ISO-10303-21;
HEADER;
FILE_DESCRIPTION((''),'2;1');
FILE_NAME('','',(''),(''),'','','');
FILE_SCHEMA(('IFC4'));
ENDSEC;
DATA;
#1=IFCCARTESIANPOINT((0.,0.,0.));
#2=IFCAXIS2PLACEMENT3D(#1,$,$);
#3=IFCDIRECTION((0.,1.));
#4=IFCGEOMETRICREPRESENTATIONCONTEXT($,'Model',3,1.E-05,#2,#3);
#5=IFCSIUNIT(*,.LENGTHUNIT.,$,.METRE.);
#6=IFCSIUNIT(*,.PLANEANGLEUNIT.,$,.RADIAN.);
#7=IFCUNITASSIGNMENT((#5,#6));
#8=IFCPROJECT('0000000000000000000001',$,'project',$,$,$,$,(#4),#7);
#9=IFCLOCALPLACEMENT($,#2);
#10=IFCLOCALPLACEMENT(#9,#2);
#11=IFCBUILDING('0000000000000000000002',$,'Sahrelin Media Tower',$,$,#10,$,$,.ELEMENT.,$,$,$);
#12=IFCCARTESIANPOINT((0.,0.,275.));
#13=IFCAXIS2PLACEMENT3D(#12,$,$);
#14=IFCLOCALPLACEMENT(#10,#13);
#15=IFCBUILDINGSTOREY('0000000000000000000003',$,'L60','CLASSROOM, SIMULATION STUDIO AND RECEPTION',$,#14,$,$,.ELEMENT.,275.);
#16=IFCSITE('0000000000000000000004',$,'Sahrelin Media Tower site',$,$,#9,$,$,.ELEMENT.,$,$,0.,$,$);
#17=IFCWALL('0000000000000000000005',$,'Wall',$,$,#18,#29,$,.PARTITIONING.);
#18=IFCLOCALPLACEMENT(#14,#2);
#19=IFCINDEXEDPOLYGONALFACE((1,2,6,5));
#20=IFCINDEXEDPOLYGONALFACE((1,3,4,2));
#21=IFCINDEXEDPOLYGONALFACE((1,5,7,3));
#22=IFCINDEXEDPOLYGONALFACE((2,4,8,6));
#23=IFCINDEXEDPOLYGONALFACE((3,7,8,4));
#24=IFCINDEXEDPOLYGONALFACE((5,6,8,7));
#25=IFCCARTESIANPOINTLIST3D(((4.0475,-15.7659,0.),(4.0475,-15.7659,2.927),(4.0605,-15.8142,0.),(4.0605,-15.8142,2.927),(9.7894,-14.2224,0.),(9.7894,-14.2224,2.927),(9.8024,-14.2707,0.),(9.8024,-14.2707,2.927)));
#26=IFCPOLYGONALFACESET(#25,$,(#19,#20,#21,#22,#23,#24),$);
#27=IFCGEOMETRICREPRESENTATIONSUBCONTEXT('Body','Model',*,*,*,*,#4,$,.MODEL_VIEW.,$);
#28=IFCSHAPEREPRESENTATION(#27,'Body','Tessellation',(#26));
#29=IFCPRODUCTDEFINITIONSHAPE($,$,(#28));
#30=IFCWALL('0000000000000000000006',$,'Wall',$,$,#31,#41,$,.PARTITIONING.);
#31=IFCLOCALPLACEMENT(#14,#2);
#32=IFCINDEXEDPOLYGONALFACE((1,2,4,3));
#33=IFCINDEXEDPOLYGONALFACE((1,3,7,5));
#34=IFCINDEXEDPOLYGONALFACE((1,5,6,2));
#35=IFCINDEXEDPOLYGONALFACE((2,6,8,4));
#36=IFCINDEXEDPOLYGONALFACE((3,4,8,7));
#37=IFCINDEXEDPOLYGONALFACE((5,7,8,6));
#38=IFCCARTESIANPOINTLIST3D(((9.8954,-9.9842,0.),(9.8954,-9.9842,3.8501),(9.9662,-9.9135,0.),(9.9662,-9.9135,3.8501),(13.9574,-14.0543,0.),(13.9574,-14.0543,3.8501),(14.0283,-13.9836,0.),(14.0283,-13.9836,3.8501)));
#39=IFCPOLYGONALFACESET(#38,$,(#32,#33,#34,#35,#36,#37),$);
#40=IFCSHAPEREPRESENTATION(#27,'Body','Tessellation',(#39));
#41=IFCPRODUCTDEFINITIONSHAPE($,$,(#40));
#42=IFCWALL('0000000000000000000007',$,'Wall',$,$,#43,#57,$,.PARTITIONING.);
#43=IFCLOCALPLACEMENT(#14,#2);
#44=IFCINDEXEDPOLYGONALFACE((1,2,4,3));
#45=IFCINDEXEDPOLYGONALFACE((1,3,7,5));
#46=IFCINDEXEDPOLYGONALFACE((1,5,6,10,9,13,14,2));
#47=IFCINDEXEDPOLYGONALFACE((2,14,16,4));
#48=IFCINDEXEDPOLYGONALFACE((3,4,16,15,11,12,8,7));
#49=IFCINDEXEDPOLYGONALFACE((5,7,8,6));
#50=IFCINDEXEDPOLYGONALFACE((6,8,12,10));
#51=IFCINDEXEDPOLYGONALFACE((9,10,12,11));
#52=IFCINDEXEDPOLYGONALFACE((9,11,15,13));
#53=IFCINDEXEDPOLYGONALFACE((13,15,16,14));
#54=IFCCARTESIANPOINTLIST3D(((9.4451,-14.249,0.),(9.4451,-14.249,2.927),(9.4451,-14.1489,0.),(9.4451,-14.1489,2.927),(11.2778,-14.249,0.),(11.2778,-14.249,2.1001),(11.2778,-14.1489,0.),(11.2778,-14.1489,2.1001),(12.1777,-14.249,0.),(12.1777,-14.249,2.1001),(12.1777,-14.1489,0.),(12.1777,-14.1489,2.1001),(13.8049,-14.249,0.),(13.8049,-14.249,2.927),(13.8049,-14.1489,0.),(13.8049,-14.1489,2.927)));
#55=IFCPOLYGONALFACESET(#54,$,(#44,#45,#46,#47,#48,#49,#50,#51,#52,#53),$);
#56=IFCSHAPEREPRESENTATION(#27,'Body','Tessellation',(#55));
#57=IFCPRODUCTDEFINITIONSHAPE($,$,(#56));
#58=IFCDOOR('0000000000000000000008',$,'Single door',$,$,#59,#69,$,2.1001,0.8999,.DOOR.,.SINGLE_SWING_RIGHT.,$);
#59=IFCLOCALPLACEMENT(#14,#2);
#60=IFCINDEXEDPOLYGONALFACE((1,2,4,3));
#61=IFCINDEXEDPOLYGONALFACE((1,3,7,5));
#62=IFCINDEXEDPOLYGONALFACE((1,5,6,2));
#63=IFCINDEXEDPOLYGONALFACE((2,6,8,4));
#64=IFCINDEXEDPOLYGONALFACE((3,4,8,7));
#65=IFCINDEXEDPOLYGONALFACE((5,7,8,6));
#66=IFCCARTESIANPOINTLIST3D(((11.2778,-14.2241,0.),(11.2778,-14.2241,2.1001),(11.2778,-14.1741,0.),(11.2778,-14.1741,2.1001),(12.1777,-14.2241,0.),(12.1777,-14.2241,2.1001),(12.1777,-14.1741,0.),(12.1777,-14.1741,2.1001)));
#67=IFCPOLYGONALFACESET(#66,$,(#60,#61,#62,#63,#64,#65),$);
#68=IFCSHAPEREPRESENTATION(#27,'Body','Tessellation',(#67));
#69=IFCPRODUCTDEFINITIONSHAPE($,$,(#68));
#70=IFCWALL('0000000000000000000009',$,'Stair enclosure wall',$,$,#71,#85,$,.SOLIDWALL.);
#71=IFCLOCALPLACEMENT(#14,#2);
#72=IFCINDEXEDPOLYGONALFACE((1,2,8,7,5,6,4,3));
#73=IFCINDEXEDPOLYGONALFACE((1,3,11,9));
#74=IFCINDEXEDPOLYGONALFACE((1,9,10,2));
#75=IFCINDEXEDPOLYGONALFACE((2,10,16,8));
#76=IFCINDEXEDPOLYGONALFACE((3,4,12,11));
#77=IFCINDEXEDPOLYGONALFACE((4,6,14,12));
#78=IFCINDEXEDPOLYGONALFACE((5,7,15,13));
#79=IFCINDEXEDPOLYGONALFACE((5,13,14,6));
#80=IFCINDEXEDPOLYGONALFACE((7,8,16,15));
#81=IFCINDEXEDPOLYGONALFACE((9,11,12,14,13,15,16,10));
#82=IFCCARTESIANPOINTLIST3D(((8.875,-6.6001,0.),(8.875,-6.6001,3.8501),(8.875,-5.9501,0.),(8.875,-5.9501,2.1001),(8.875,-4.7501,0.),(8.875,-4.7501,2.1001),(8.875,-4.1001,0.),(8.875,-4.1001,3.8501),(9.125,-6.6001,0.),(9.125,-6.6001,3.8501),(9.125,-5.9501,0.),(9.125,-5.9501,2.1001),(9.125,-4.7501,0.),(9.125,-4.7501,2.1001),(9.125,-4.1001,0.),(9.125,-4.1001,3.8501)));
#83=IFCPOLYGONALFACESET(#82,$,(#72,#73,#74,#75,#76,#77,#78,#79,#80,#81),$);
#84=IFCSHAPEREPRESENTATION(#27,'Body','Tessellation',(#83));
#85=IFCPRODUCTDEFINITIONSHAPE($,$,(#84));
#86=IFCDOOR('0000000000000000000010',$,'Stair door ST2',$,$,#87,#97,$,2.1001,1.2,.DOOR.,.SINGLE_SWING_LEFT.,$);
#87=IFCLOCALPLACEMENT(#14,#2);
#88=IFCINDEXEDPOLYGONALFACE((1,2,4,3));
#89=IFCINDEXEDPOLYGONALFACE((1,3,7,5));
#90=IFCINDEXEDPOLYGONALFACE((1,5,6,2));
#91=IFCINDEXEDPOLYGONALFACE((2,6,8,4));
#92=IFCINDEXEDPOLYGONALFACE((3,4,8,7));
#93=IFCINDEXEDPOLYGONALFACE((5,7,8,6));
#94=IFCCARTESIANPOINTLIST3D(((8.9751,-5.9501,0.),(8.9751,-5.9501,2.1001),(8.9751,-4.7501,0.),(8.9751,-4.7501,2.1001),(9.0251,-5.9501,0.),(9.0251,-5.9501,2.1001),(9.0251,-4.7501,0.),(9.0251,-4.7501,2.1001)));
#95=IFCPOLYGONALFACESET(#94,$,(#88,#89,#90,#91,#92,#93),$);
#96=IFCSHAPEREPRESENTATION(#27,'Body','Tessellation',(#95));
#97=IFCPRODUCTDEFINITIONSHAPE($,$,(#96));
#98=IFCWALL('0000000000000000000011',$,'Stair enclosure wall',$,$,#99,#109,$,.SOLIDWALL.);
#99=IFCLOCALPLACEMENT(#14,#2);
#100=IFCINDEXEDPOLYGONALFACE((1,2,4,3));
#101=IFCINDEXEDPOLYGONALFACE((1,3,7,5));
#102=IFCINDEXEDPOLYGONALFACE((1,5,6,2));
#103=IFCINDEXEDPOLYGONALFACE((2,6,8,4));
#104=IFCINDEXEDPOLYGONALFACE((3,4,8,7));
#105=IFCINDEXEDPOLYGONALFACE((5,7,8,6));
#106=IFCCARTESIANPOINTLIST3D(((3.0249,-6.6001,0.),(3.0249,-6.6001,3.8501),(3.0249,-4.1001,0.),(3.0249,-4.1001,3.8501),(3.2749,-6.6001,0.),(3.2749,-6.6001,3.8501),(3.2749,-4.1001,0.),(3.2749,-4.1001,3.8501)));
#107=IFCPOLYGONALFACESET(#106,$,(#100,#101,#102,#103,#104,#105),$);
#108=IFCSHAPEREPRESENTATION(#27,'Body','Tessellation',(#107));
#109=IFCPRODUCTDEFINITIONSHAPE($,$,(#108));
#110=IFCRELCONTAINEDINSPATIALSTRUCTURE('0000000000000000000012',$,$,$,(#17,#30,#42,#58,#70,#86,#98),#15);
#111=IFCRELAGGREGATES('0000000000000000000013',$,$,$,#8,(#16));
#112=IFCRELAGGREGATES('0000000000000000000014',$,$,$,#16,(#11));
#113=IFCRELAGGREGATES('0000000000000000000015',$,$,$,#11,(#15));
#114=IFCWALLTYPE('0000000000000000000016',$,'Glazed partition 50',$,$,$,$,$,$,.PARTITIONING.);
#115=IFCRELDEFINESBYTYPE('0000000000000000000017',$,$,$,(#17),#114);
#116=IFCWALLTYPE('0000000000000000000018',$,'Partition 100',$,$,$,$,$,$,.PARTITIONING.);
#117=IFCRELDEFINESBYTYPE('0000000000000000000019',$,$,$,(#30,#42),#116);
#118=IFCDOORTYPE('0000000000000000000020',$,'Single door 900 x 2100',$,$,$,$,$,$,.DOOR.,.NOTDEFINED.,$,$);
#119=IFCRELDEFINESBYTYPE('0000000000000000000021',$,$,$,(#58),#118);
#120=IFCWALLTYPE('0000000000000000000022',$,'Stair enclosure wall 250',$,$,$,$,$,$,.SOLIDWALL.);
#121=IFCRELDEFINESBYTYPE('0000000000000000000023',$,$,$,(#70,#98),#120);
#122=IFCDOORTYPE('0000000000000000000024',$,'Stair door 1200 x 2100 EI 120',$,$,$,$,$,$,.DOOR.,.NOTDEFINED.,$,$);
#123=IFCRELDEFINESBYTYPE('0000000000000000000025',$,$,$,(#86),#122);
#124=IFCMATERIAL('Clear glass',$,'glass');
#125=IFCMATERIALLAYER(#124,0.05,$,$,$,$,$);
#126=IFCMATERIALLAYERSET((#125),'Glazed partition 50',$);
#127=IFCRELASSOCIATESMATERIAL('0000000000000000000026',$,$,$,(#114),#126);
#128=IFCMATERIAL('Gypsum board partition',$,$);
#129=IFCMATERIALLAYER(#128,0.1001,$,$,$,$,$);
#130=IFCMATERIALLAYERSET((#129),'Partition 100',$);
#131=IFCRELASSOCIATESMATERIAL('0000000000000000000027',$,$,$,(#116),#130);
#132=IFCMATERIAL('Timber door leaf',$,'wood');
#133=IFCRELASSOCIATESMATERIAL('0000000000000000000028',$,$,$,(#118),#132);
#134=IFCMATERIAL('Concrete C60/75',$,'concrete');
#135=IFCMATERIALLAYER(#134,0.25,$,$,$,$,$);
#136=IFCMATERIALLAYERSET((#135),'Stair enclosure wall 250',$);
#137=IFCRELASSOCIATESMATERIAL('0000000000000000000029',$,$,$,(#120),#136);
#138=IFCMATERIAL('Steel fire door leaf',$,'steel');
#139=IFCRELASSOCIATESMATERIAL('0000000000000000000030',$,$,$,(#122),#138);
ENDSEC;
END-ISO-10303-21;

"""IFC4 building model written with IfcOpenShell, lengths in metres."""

from ifc_helpers import new_model, si_unit, direction, frame, frame_2d, origin, place, context, subcontext, project, spatial, rectangle, extrude, material, layer, layer_set, type_object, element, fill, save


model = new_model("IFC4")

# Units and contexts
model_context = context("Model", 3, precision=1e-05, world=origin(), true_north=direction((0.0, 1.0)))
body_context = subcontext(model_context, "Body", "Model", "MODEL_VIEW")
ifc_project = project(units=[si_unit("LENGTHUNIT", "METRE"), si_unit("PLANEANGLEUNIT", "RADIAN")], contexts=[model_context])

# Site, building, storey
site_placement = place(None, origin())
site = spatial("IfcSite", under=ifc_project, at=site_placement, Name="Sahrelin Media Tower site", CompositionType="ELEMENT", RefElevation=0.0)
building_placement = place(site_placement, origin())
building = spatial("IfcBuilding", under=site, at=building_placement, Name="Sahrelin Media Tower", CompositionType="ELEMENT")
storey_placement = place(building_placement, frame((0.0, 0.0, 275.0)))
storey = spatial("IfcBuildingStorey", under=building, at=storey_placement, Name="L60", Description="CLASSROOM, SIMULATION STUDIO AND RECEPTION", CompositionType="ELEMENT", Elevation=275.0)

# Shared definitions
ifc_material_1 = material(Name="Concrete C60/75", Category="concrete")
ifc_material_2 = material(Name="Steel fire door leaf", Category="steel")

# Walls
ifc_material_3 = material(Name="Clear glass", Category="glass")
ifc_layer_1 = layer(ifc_material_3, 0.05)
ifc_layer_set_1 = layer_set([ifc_layer_1], Name="Glazed partition 50")
wall_type_1 = type_object("IfcWallType", Name="Glazed partition 50", PredefinedType="PARTITIONING", material=ifc_layer_set_1)
wall_1_placement = place(storey_placement, frame((4.054, -15.79, 0.0), z_axis=(0.0, 0.0, 1.0), x_axis=(0.965719, 0.259589, 0.0)))
element("IfcWall", 1, at=wall_1_placement, inside=storey, type_object=wall_type_1, Name="Wall", PredefinedType="PARTITIONING", context=body_context, shape_type="SweptSolid", body=[
    extrude(rectangle(XDim=5.9458, YDim=0.05, at=frame_2d((2.9729, 0.0))), origin(), (0.0, 0.0, 1.0), 2.927),
])
ifc_material_4 = material(Name="Gypsum board partition")
ifc_layer_2 = layer(ifc_material_4, 0.1001)
ifc_layer_set_2 = layer_set([ifc_layer_2], Name="Partition 100")
wall_type_2 = type_object("IfcWallType", Name="Partition 100", PredefinedType="PARTITIONING", material=ifc_layer_set_2)
wall_2_placement = place(storey_placement, frame((9.9309, -9.949, 0.0), z_axis=(0.0, 0.0, 1.0), x_axis=(0.706406, -0.707807, 0.0)))
element("IfcWall", 2, at=wall_2_placement, inside=storey, type_object=wall_type_2, Name="Wall", PredefinedType="PARTITIONING", context=body_context, shape_type="SweptSolid", body=[
    extrude(rectangle(XDim=5.7502, YDim=0.1001, at=frame_2d((2.875, 0.0))), origin(), (0.0, 0.0, 1.0), 3.8501),
])

# Walls, openings, doors
wall_3_placement = place(storey_placement, frame((9.4451, -14.199, 0.0), z_axis=(0.0, 0.0, 1.0), x_axis=(1.0, 0.0, 0.0)))
wall_3 = element("IfcWall", 3, at=wall_3_placement, inside=storey, type_object=wall_type_2, Name="Wall", PredefinedType="PARTITIONING", context=body_context, shape_type="SweptSolid", body=[
    extrude(rectangle(XDim=4.3599, YDim=0.1001, at=frame_2d((2.1799, 0.0))), origin(), (0.0, 0.0, 1.0), 2.927),
])
opening_1_placement = place(wall_3_placement, frame((1.8328, 0.0, 0.0)))
opening_1 = element("IfcOpeningElement", 4, at=opening_1_placement, cuts=wall_3, PredefinedType="OPENING", context=body_context, shape_type="SweptSolid", body=[
    extrude(rectangle(XDim=0.8999, YDim=2.1001, at=frame_2d((0.45, 1.05))), frame((0.0, 0.05, 0.0), z_axis=(0.0, -1.0, 0.0), x_axis=(1.0, 0.0, 0.0)), (0.0, 0.0, 1.0), 0.1001),
])
ifc_material_5 = material(Name="Timber door leaf", Category="wood")
door_type_1 = type_object("IfcDoorType", Name="Single door 900 x 2100", OperationType="NOTDEFINED", PredefinedType="DOOR", material=ifc_material_5)
door_1_placement = place(opening_1_placement, origin())
door_1 = element("IfcDoor", 5, at=door_1_placement, inside=storey, type_object=door_type_1, Name="Single door", OperationType="SINGLE_SWING_RIGHT", OverallHeight=2.1001, OverallWidth=0.8999, PredefinedType="DOOR", context=body_context, shape_type="SweptSolid", body=[
    extrude(rectangle(XDim=0.8999, YDim=2.1001, at=frame_2d((0.45, 1.05))), frame((0.0, 0.0249, 0.0), z_axis=(0.0, -1.0, 0.0), x_axis=(1.0, 0.0, 0.0)), (0.0, 0.0, 1.0), 0.05),
])
fill(opening_1, door_1)
ifc_layer_3 = layer(ifc_material_1, 0.25)
ifc_layer_set_3 = layer_set([ifc_layer_3], Name="Stair enclosure wall 250")
wall_type_3 = type_object("IfcWallType", Name="Stair enclosure wall 250", PredefinedType="SOLIDWALL", material=ifc_layer_set_3)
wall_4_placement = place(storey_placement, frame((9.0, -6.6001, 0.0), z_axis=(0.0, 0.0, 1.0), x_axis=(0.0, 1.0, 0.0)))
wall_4 = element("IfcWall", 6, at=wall_4_placement, inside=storey, type_object=wall_type_3, Name="Stair enclosure wall", PredefinedType="SOLIDWALL", context=body_context, shape_type="SweptSolid", body=[
    extrude(rectangle(XDim=2.5, YDim=0.25, at=frame_2d((1.25, 0.0))), origin(), (0.0, 0.0, 1.0), 3.8501),
])
opening_2_placement = place(wall_4_placement, frame((0.6499, 0.0, 0.0)))
opening_2 = element("IfcOpeningElement", 7, at=opening_2_placement, cuts=wall_4, PredefinedType="OPENING", context=body_context, shape_type="SweptSolid", body=[
    extrude(rectangle(XDim=1.2, YDim=2.1001, at=frame_2d((0.6001, 1.05))), frame((0.0, 0.125, 0.0), z_axis=(0.0, -1.0, 0.0), x_axis=(1.0, 0.0, 0.0)), (0.0, 0.0, 1.0), 0.25),
])
door_type_2 = type_object("IfcDoorType", Name="Stair door 1200 x 2100 EI 120", OperationType="NOTDEFINED", PredefinedType="DOOR", material=ifc_material_2)
door_2_placement = place(opening_2_placement, origin())
door_2 = element("IfcDoor", 8, at=door_2_placement, inside=storey, type_object=door_type_2, Name="Stair door ST2", OperationType="SINGLE_SWING_LEFT", OverallHeight=2.1001, OverallWidth=1.2, PredefinedType="DOOR", context=body_context, shape_type="SweptSolid", body=[
    extrude(rectangle(XDim=1.2, YDim=2.1001, at=frame_2d((0.6001, 1.05))), frame((0.0, 0.0249, 0.0), z_axis=(0.0, -1.0, 0.0), x_axis=(1.0, 0.0, 0.0)), (0.0, 0.0, 1.0), 0.05),
])
fill(opening_2, door_2)

# Wall
wall_5_placement = place(storey_placement, frame((3.1499, -6.6001, 0.0), z_axis=(0.0, 0.0, 1.0), x_axis=(0.0, 1.0, 0.0)))
element("IfcWall", 9, at=wall_5_placement, inside=storey, type_object=wall_type_3, Name="Stair enclosure wall", PredefinedType="SOLIDWALL", context=body_context, shape_type="SweptSolid", body=[
    extrude(rectangle(XDim=2.5, YDim=0.25, at=frame_2d((1.25, 0.0))), origin(), (0.0, 0.0, 1.0), 3.8501),
])

save(model, "model.ifc")
